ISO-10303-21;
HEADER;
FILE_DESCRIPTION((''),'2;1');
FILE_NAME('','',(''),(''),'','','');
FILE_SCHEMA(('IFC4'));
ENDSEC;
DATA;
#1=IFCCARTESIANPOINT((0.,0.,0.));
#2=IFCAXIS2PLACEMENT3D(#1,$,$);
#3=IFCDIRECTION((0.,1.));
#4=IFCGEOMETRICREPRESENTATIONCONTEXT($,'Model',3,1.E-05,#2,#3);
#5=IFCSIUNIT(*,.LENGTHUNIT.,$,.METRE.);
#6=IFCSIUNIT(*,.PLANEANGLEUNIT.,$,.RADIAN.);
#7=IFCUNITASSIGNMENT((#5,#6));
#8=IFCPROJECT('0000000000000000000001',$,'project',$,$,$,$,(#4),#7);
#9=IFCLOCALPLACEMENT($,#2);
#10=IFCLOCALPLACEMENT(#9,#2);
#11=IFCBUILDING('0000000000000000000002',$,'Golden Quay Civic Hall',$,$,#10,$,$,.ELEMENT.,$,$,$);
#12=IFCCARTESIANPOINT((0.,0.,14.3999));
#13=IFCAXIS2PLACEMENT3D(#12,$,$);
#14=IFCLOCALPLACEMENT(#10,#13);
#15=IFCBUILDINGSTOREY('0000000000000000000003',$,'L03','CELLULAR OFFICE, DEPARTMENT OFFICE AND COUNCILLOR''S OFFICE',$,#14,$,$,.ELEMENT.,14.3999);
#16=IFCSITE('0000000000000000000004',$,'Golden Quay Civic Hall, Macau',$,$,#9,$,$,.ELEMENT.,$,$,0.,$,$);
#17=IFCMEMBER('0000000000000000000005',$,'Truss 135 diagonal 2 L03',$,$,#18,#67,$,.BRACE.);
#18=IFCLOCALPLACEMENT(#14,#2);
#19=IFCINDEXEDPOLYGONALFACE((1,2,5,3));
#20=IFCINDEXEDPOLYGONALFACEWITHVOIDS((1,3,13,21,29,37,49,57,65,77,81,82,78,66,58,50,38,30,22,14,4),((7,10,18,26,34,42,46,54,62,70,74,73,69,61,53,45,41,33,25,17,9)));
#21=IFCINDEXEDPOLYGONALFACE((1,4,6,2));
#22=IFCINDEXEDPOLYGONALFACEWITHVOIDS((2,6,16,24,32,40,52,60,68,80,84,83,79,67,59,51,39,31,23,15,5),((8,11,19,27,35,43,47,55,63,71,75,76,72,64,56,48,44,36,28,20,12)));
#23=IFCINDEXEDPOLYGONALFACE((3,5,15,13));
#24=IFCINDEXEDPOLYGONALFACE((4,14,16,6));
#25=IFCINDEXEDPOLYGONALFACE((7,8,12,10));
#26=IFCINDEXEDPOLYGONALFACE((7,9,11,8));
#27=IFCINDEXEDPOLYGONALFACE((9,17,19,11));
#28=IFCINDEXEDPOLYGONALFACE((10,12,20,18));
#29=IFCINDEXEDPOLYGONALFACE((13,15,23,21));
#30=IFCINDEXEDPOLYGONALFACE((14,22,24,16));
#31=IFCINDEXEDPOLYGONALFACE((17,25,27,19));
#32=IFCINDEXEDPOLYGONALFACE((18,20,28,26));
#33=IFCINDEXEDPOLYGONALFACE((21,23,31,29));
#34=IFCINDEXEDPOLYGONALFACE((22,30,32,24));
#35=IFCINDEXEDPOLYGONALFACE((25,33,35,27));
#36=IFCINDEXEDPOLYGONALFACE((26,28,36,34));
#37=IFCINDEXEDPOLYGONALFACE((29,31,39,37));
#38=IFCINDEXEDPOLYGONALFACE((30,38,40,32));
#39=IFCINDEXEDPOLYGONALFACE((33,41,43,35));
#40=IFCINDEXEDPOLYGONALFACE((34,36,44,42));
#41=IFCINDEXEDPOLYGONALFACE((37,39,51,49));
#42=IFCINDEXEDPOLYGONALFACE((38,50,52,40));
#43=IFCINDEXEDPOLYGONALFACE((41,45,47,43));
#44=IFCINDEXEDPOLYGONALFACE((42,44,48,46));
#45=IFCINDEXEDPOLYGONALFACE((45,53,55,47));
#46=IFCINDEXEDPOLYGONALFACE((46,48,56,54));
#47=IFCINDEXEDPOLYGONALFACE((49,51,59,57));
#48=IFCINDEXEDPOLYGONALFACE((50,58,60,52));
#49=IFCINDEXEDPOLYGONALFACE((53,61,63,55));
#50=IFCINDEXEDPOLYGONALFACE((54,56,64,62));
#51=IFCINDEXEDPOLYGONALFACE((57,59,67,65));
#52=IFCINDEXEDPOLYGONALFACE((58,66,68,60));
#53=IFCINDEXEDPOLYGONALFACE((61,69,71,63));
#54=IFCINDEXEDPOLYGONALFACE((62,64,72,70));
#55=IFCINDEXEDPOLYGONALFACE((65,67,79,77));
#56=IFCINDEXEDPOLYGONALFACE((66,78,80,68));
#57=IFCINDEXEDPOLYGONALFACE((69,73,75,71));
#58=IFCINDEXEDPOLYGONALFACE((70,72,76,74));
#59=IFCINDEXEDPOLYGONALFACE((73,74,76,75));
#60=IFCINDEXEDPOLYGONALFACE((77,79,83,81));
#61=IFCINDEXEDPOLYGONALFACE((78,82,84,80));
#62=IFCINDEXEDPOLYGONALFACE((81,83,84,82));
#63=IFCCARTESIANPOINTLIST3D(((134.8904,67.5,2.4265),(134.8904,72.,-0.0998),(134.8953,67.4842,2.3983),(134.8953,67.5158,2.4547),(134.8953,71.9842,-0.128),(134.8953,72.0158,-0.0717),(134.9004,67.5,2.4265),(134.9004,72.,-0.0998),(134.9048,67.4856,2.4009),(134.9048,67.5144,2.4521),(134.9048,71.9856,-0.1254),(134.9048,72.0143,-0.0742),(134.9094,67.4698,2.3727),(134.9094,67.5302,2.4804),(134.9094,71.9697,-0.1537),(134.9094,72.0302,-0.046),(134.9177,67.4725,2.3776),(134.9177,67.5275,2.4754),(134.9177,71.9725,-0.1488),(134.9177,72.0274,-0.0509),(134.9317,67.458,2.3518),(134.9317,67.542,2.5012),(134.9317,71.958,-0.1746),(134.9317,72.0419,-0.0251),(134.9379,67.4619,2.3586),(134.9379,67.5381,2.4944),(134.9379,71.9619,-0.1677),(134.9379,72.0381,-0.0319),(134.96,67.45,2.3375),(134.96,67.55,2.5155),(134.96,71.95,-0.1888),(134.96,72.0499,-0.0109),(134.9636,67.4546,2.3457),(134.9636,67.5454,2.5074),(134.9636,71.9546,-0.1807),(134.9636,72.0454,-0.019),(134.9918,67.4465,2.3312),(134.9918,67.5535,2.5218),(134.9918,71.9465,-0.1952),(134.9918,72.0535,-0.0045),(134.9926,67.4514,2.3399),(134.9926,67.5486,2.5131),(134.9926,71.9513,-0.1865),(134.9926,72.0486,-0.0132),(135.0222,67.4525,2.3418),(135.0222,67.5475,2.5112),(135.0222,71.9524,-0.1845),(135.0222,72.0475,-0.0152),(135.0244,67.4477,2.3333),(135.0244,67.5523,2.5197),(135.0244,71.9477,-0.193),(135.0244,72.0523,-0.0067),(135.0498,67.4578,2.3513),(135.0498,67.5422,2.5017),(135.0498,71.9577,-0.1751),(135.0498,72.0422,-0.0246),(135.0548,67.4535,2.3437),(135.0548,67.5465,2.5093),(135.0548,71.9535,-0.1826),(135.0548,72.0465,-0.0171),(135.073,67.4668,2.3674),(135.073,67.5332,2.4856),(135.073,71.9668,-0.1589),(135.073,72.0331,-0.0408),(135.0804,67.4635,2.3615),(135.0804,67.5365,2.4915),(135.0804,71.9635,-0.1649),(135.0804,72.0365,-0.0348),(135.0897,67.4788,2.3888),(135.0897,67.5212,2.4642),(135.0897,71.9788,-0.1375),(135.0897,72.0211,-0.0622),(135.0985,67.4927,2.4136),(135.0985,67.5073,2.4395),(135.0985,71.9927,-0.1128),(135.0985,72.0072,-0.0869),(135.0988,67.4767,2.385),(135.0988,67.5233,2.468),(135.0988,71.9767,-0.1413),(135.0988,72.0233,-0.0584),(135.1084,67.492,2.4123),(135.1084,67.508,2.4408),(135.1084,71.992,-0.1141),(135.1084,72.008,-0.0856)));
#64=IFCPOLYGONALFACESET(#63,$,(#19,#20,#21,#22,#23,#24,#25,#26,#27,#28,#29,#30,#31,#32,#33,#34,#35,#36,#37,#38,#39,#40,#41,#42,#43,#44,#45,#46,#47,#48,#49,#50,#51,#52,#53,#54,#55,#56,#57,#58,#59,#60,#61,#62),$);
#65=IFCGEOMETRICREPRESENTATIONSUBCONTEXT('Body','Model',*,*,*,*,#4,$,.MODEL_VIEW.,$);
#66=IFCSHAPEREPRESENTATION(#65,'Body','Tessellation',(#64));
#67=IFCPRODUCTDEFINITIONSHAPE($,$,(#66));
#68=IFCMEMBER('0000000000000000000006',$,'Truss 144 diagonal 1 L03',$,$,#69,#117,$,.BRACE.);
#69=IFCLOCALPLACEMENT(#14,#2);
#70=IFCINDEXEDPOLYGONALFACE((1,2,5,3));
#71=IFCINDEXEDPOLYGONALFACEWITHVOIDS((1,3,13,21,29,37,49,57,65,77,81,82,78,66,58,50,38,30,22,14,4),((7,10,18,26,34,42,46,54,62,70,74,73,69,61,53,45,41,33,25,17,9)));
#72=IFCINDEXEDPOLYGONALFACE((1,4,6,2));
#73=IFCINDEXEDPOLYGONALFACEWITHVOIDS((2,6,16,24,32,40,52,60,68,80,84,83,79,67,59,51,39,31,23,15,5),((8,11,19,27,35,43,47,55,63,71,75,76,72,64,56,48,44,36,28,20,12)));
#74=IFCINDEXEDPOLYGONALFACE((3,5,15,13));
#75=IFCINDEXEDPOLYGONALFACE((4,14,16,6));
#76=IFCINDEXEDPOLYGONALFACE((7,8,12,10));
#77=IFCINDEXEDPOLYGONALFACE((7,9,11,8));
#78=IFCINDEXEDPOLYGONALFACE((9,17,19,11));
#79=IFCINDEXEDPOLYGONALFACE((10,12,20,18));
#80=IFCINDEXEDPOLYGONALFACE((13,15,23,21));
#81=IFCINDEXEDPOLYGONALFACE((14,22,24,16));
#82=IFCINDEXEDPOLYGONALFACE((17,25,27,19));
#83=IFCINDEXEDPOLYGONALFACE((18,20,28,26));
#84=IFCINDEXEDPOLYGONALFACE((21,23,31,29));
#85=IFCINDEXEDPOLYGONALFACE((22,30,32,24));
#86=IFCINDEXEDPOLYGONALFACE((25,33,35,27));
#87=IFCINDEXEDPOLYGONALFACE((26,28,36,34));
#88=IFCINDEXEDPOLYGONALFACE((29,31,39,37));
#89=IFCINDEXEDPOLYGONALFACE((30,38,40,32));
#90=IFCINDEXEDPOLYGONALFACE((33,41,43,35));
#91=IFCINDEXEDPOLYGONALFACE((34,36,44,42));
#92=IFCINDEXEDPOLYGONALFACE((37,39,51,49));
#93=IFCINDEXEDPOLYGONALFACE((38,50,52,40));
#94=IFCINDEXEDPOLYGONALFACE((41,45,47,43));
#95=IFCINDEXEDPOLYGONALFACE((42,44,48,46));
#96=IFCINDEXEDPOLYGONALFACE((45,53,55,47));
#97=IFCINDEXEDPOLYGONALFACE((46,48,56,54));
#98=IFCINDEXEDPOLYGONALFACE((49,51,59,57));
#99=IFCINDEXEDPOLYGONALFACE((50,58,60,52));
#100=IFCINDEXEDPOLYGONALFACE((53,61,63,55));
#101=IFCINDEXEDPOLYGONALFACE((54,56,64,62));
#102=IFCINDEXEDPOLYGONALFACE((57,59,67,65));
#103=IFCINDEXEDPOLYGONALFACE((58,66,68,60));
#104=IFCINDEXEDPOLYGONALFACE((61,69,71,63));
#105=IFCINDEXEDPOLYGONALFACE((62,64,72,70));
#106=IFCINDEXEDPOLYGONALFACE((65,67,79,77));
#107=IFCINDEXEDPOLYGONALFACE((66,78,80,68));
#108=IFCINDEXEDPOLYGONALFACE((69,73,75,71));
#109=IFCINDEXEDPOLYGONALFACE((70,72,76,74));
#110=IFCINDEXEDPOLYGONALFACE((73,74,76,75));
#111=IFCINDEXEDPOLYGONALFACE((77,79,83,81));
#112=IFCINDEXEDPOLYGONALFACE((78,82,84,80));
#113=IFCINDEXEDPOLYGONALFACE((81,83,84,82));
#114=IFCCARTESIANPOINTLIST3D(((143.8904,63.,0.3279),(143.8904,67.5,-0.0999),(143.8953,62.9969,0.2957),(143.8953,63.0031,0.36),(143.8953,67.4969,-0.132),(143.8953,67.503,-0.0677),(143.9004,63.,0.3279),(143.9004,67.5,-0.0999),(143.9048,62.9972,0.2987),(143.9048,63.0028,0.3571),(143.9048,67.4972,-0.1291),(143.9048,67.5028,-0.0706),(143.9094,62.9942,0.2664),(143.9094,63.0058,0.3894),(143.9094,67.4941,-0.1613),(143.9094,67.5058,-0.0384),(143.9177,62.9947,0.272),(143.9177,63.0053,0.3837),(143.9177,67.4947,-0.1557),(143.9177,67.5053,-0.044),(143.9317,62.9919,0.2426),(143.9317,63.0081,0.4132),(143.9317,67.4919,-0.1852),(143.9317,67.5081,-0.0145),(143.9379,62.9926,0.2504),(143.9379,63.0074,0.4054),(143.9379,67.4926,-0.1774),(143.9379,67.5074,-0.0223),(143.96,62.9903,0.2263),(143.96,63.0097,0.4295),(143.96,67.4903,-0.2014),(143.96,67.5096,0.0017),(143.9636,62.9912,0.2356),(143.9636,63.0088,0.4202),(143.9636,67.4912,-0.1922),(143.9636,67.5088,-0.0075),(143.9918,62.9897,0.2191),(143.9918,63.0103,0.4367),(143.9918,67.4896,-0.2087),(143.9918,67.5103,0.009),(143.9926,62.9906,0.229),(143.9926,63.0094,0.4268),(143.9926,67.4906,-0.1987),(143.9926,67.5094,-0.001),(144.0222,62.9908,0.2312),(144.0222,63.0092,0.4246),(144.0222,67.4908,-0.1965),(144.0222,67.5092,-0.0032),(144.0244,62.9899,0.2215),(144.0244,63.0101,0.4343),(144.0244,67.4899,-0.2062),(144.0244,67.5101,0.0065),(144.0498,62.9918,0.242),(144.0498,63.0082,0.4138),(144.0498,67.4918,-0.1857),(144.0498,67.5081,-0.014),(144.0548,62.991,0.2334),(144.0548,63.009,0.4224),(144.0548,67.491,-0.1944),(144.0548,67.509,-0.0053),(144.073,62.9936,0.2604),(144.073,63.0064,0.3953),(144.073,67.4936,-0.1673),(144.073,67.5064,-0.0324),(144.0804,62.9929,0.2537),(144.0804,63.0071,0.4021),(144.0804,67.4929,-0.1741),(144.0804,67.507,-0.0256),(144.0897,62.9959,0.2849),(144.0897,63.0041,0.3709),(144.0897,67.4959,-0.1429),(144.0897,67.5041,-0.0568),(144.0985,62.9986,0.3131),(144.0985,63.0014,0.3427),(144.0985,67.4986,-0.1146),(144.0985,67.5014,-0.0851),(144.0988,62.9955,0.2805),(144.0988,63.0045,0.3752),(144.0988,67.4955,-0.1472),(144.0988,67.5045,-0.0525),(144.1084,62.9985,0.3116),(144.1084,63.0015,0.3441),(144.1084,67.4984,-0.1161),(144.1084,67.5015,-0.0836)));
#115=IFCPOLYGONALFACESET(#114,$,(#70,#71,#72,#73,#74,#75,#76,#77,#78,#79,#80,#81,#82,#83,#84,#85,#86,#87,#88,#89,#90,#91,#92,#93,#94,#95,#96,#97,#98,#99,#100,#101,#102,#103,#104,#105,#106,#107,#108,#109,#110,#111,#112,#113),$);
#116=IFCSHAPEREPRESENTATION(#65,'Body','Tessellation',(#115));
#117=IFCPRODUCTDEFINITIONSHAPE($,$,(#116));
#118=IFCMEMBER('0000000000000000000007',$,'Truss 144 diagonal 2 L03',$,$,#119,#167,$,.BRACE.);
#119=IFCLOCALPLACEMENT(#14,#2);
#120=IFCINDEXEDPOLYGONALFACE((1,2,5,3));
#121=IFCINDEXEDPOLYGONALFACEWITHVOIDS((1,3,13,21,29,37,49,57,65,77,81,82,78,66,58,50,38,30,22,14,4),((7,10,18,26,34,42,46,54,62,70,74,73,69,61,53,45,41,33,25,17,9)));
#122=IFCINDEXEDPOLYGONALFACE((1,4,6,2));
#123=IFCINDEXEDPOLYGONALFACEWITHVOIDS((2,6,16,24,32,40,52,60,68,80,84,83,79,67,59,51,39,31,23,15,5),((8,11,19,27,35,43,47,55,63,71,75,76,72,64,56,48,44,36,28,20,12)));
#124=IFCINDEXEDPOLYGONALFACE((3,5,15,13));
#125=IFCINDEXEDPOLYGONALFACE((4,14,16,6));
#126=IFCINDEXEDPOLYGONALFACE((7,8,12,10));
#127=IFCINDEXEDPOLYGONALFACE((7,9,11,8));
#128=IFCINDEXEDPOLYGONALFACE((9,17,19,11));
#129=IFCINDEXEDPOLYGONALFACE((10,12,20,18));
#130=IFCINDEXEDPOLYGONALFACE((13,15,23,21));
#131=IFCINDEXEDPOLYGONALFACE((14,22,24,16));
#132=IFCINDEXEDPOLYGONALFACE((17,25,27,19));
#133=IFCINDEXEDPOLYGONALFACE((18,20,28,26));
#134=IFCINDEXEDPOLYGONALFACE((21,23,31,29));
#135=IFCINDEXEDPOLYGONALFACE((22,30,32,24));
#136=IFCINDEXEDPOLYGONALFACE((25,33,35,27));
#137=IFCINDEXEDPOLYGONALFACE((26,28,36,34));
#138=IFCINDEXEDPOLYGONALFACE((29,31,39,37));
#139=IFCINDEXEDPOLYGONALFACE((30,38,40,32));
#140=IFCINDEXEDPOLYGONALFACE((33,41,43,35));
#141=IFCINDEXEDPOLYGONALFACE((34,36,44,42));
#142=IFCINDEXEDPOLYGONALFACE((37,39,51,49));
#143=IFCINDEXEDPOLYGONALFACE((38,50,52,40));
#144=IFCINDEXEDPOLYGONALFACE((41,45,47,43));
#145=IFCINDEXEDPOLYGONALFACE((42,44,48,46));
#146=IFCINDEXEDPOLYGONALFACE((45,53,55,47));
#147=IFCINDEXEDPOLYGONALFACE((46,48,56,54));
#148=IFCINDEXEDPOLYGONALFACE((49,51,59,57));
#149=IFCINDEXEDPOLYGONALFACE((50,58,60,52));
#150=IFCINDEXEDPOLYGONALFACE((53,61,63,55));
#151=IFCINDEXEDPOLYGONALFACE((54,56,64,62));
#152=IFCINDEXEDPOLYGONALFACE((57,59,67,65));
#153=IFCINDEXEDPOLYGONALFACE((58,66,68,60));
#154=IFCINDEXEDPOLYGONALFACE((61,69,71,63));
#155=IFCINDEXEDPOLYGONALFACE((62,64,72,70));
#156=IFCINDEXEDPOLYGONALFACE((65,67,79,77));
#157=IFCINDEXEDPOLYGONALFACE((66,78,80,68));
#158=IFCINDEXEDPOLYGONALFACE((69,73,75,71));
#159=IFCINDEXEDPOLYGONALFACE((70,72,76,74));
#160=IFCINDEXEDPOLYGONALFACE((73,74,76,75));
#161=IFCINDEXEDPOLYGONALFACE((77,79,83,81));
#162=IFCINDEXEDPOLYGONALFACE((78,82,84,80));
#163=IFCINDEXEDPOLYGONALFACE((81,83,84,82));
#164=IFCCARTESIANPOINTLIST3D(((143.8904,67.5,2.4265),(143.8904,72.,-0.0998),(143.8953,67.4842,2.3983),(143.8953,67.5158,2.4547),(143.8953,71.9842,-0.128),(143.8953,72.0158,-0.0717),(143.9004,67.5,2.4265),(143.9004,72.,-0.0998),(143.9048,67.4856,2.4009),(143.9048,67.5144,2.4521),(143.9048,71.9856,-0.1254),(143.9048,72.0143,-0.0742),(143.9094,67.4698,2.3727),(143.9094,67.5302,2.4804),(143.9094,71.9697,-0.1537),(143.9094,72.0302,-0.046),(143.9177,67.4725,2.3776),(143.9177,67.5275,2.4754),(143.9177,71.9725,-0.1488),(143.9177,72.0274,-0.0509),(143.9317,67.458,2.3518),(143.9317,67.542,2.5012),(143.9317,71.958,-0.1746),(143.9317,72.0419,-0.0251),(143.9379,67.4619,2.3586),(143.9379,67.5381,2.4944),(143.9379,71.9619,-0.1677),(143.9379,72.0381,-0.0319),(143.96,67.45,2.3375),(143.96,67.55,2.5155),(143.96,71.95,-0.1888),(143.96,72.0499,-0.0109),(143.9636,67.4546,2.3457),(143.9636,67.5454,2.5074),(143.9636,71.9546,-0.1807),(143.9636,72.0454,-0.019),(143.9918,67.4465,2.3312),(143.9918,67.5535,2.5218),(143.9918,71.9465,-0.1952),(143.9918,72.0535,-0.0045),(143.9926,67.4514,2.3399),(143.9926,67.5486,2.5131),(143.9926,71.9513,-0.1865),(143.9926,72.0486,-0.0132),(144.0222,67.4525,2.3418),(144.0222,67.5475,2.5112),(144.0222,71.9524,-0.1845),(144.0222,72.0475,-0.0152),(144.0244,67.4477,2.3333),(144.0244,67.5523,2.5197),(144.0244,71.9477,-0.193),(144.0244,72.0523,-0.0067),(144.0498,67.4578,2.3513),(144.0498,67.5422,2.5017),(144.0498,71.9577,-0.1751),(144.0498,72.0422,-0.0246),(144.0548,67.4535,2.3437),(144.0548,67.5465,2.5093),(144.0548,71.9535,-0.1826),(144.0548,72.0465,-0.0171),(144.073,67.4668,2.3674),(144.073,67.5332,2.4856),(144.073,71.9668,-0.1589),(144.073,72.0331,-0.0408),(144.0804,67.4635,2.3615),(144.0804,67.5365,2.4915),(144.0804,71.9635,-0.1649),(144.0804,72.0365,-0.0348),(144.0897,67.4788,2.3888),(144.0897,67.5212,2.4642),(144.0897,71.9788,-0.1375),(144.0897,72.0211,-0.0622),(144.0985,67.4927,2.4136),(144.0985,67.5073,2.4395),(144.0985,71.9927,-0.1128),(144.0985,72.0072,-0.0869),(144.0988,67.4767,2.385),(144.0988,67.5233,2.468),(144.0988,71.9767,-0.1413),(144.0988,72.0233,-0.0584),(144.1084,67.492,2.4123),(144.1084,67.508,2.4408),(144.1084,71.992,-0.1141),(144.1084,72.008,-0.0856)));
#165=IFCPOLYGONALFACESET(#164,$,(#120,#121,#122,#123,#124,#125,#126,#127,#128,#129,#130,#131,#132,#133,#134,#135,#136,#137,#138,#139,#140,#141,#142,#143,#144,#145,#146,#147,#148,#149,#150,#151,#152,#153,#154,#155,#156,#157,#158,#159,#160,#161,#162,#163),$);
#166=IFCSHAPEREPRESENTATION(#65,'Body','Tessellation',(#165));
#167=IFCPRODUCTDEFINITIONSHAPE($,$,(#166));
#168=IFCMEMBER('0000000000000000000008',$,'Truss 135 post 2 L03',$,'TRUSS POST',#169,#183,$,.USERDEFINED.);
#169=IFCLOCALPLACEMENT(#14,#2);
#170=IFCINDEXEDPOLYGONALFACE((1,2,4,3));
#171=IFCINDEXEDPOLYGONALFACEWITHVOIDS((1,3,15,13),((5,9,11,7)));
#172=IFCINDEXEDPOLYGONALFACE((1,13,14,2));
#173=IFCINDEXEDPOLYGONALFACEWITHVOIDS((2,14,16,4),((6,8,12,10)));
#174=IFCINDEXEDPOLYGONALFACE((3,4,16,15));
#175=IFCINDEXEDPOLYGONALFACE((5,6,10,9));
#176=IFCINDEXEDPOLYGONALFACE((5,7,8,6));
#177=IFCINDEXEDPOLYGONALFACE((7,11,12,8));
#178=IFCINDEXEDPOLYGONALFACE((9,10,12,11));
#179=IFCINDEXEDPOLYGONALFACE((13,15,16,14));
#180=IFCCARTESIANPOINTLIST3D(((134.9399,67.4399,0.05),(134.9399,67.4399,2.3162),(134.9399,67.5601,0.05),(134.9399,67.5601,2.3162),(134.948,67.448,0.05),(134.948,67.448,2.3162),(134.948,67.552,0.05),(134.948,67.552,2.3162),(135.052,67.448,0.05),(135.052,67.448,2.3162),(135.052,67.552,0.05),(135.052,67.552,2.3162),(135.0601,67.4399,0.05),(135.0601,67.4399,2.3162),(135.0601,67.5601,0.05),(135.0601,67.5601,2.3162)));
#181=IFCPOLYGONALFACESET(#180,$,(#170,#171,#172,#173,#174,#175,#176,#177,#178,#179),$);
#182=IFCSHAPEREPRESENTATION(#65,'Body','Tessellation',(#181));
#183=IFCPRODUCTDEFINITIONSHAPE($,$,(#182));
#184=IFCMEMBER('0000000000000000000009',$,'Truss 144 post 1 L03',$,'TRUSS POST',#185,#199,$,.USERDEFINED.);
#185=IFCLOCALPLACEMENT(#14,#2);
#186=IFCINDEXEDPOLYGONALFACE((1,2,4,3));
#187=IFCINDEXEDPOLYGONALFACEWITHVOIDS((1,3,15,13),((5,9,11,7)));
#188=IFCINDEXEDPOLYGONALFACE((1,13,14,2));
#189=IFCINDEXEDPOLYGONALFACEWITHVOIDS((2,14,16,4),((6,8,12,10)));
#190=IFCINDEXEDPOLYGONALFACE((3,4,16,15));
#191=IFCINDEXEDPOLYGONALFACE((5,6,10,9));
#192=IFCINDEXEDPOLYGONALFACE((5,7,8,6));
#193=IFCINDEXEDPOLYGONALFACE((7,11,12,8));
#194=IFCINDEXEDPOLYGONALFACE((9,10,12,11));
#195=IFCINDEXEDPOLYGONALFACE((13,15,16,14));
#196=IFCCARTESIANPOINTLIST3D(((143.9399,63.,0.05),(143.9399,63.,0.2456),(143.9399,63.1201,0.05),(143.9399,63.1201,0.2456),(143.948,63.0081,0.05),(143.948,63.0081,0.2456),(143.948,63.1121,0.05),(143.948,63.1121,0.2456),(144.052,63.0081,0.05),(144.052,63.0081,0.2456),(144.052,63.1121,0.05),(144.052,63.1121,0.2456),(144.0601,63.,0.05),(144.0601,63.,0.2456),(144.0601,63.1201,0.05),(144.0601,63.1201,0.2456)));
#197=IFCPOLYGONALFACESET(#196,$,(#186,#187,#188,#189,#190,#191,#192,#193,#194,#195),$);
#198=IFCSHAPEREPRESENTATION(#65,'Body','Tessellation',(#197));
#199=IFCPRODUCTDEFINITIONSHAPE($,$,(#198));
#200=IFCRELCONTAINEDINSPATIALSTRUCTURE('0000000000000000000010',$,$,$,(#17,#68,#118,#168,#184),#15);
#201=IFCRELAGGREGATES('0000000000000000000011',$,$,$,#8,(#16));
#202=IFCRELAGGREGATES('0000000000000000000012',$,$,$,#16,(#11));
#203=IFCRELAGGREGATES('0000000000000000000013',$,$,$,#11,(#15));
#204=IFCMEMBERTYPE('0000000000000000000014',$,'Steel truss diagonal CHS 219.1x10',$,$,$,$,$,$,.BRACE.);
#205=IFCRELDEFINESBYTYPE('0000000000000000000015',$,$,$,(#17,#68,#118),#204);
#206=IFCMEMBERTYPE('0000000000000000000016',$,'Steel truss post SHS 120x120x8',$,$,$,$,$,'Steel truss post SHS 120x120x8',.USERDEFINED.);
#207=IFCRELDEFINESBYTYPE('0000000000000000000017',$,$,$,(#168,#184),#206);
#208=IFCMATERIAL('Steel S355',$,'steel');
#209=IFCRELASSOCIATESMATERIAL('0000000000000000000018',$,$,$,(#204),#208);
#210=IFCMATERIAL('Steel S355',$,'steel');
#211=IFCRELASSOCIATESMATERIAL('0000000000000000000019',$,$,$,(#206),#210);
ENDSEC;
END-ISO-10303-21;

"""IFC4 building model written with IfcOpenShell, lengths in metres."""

from ifc_helpers import new_model, si_unit, direction, frame, origin, origin_2d, place, context, subcontext, project, spatial, hollow_rectangle, hollow_circle, extrude, material, material_profile, profile_set, type_object, element, save


model = new_model("IFC4")

# Units and contexts
model_context = context("Model", 3, precision=1e-05, world=origin(), true_north=direction((0.0, 1.0)))
body_context = subcontext(model_context, "Body", "Model", "MODEL_VIEW")
ifc_project = project(units=[si_unit("LENGTHUNIT", "METRE"), si_unit("PLANEANGLEUNIT", "RADIAN")], contexts=[model_context])

# Site, building, storey
site_placement = place(None, origin())
site = spatial("IfcSite", under=ifc_project, at=site_placement, Name="Golden Quay Civic Hall, Macau", CompositionType="ELEMENT", RefElevation=0.0)
building_placement = place(site_placement, origin())
building = spatial("IfcBuilding", under=site, at=building_placement, Name="Golden Quay Civic Hall", CompositionType="ELEMENT")
storey_placement = place(building_placement, frame((0.0, 0.0, 14.3999)))
storey = spatial("IfcBuildingStorey", under=building, at=storey_placement, Name="L03", Description="CELLULAR OFFICE, DEPARTMENT OFFICE AND COUNCILLOR'S OFFICE", CompositionType="ELEMENT", Elevation=14.3999)

# Members
ifc_material_1 = material(Name="Steel S355", Category="steel")
ifc_material_profile_1 = material_profile(ifc_material_1, hollow_circle(Radius=0.1096, WallThickness=0.01, at=origin_2d()), Name="CHS 219.1x10")
ifc_profile_set_1 = profile_set([ifc_material_profile_1], Name="Steel S355")
member_type_1 = type_object("IfcMemberType", Name="Steel truss diagonal CHS 219.1x10", PredefinedType="BRACE", material=ifc_profile_set_1)
member_1_placement = place(storey_placement, frame((135.0, 67.5, 2.4265), z_axis=(0.0, 0.87198, -0.489542), x_axis=(-1.0, 0.0, 0.0)))
element("IfcMember", 1, at=member_1_placement, inside=storey, type_object=member_type_1, Name="Truss 135 diagonal 2 L03", PredefinedType="BRACE", context=body_context, shape_type="SweptSolid", body=[
    extrude(hollow_circle(Radius=0.1096, WallThickness=0.01, at=origin_2d()), origin(), (0.0, 0.0, 1.0), 5.1606),
])
member_2_placement = place(storey_placement, frame((144.0, 63.0, 0.3279), z_axis=(0.0, 0.995513, -0.094626), x_axis=(-1.0, 0.0, 0.0)))
element("IfcMember", 2, at=member_2_placement, inside=storey, type_object=member_type_1, Name="Truss 144 diagonal 1 L03", PredefinedType="BRACE", context=body_context, shape_type="SweptSolid", body=[
    extrude(hollow_circle(Radius=0.1096, WallThickness=0.01, at=origin_2d()), origin(), (0.0, 0.0, 1.0), 4.5203),
])
member_3_placement = place(storey_placement, frame((144.0, 67.5, 2.4265), z_axis=(0.0, 0.87198, -0.489542), x_axis=(-1.0, 0.0, 0.0)))
element("IfcMember", 3, at=member_3_placement, inside=storey, type_object=member_type_1, Name="Truss 144 diagonal 2 L03", PredefinedType="BRACE", context=body_context, shape_type="SweptSolid", body=[
    extrude(hollow_circle(Radius=0.1096, WallThickness=0.01, at=origin_2d()), origin(), (0.0, 0.0, 1.0), 5.1606),
])
ifc_material_2 = material(Name="Steel S355", Category="steel")
ifc_material_profile_2 = material_profile(ifc_material_2, hollow_rectangle(XDim=0.1201, YDim=0.1201, WallThickness=0.0081, at=origin_2d()), Name="SHS 120x120x8")
ifc_profile_set_2 = profile_set([ifc_material_profile_2], Name="Steel S355")
member_type_2 = type_object("IfcMemberType", Name="Steel truss post SHS 120x120x8", ElementType="Steel truss post SHS 120x120x8", PredefinedType="USERDEFINED", material=ifc_profile_set_2)
member_4_placement = place(storey_placement, frame((135.0, 67.5, 0.05), z_axis=(0.0, 0.0, 1.0), x_axis=(1.0, 0.0, 0.0)))
element("IfcMember", 4, at=member_4_placement, inside=storey, type_object=member_type_2, Name="Truss 135 post 2 L03", ObjectType="TRUSS POST", PredefinedType="USERDEFINED", context=body_context, shape_type="SweptSolid", body=[
    extrude(hollow_rectangle(XDim=0.1201, YDim=0.1201, WallThickness=0.0081, at=origin_2d()), origin(), (0.0, 0.0, 1.0), 2.2661),
])
member_5_placement = place(storey_placement, frame((144.0, 63.0601, 0.05), z_axis=(0.0, 0.0, 1.0), x_axis=(1.0, 0.0, 0.0)))
element("IfcMember", 5, at=member_5_placement, inside=storey, type_object=member_type_2, Name="Truss 144 post 1 L03", ObjectType="TRUSS POST", PredefinedType="USERDEFINED", context=body_context, shape_type="SweptSolid", body=[
    extrude(hollow_rectangle(XDim=0.1201, YDim=0.1201, WallThickness=0.0081, at=origin_2d()), origin(), (0.0, 0.0, 1.0), 0.1956),
])

save(model, "model.ifc")
